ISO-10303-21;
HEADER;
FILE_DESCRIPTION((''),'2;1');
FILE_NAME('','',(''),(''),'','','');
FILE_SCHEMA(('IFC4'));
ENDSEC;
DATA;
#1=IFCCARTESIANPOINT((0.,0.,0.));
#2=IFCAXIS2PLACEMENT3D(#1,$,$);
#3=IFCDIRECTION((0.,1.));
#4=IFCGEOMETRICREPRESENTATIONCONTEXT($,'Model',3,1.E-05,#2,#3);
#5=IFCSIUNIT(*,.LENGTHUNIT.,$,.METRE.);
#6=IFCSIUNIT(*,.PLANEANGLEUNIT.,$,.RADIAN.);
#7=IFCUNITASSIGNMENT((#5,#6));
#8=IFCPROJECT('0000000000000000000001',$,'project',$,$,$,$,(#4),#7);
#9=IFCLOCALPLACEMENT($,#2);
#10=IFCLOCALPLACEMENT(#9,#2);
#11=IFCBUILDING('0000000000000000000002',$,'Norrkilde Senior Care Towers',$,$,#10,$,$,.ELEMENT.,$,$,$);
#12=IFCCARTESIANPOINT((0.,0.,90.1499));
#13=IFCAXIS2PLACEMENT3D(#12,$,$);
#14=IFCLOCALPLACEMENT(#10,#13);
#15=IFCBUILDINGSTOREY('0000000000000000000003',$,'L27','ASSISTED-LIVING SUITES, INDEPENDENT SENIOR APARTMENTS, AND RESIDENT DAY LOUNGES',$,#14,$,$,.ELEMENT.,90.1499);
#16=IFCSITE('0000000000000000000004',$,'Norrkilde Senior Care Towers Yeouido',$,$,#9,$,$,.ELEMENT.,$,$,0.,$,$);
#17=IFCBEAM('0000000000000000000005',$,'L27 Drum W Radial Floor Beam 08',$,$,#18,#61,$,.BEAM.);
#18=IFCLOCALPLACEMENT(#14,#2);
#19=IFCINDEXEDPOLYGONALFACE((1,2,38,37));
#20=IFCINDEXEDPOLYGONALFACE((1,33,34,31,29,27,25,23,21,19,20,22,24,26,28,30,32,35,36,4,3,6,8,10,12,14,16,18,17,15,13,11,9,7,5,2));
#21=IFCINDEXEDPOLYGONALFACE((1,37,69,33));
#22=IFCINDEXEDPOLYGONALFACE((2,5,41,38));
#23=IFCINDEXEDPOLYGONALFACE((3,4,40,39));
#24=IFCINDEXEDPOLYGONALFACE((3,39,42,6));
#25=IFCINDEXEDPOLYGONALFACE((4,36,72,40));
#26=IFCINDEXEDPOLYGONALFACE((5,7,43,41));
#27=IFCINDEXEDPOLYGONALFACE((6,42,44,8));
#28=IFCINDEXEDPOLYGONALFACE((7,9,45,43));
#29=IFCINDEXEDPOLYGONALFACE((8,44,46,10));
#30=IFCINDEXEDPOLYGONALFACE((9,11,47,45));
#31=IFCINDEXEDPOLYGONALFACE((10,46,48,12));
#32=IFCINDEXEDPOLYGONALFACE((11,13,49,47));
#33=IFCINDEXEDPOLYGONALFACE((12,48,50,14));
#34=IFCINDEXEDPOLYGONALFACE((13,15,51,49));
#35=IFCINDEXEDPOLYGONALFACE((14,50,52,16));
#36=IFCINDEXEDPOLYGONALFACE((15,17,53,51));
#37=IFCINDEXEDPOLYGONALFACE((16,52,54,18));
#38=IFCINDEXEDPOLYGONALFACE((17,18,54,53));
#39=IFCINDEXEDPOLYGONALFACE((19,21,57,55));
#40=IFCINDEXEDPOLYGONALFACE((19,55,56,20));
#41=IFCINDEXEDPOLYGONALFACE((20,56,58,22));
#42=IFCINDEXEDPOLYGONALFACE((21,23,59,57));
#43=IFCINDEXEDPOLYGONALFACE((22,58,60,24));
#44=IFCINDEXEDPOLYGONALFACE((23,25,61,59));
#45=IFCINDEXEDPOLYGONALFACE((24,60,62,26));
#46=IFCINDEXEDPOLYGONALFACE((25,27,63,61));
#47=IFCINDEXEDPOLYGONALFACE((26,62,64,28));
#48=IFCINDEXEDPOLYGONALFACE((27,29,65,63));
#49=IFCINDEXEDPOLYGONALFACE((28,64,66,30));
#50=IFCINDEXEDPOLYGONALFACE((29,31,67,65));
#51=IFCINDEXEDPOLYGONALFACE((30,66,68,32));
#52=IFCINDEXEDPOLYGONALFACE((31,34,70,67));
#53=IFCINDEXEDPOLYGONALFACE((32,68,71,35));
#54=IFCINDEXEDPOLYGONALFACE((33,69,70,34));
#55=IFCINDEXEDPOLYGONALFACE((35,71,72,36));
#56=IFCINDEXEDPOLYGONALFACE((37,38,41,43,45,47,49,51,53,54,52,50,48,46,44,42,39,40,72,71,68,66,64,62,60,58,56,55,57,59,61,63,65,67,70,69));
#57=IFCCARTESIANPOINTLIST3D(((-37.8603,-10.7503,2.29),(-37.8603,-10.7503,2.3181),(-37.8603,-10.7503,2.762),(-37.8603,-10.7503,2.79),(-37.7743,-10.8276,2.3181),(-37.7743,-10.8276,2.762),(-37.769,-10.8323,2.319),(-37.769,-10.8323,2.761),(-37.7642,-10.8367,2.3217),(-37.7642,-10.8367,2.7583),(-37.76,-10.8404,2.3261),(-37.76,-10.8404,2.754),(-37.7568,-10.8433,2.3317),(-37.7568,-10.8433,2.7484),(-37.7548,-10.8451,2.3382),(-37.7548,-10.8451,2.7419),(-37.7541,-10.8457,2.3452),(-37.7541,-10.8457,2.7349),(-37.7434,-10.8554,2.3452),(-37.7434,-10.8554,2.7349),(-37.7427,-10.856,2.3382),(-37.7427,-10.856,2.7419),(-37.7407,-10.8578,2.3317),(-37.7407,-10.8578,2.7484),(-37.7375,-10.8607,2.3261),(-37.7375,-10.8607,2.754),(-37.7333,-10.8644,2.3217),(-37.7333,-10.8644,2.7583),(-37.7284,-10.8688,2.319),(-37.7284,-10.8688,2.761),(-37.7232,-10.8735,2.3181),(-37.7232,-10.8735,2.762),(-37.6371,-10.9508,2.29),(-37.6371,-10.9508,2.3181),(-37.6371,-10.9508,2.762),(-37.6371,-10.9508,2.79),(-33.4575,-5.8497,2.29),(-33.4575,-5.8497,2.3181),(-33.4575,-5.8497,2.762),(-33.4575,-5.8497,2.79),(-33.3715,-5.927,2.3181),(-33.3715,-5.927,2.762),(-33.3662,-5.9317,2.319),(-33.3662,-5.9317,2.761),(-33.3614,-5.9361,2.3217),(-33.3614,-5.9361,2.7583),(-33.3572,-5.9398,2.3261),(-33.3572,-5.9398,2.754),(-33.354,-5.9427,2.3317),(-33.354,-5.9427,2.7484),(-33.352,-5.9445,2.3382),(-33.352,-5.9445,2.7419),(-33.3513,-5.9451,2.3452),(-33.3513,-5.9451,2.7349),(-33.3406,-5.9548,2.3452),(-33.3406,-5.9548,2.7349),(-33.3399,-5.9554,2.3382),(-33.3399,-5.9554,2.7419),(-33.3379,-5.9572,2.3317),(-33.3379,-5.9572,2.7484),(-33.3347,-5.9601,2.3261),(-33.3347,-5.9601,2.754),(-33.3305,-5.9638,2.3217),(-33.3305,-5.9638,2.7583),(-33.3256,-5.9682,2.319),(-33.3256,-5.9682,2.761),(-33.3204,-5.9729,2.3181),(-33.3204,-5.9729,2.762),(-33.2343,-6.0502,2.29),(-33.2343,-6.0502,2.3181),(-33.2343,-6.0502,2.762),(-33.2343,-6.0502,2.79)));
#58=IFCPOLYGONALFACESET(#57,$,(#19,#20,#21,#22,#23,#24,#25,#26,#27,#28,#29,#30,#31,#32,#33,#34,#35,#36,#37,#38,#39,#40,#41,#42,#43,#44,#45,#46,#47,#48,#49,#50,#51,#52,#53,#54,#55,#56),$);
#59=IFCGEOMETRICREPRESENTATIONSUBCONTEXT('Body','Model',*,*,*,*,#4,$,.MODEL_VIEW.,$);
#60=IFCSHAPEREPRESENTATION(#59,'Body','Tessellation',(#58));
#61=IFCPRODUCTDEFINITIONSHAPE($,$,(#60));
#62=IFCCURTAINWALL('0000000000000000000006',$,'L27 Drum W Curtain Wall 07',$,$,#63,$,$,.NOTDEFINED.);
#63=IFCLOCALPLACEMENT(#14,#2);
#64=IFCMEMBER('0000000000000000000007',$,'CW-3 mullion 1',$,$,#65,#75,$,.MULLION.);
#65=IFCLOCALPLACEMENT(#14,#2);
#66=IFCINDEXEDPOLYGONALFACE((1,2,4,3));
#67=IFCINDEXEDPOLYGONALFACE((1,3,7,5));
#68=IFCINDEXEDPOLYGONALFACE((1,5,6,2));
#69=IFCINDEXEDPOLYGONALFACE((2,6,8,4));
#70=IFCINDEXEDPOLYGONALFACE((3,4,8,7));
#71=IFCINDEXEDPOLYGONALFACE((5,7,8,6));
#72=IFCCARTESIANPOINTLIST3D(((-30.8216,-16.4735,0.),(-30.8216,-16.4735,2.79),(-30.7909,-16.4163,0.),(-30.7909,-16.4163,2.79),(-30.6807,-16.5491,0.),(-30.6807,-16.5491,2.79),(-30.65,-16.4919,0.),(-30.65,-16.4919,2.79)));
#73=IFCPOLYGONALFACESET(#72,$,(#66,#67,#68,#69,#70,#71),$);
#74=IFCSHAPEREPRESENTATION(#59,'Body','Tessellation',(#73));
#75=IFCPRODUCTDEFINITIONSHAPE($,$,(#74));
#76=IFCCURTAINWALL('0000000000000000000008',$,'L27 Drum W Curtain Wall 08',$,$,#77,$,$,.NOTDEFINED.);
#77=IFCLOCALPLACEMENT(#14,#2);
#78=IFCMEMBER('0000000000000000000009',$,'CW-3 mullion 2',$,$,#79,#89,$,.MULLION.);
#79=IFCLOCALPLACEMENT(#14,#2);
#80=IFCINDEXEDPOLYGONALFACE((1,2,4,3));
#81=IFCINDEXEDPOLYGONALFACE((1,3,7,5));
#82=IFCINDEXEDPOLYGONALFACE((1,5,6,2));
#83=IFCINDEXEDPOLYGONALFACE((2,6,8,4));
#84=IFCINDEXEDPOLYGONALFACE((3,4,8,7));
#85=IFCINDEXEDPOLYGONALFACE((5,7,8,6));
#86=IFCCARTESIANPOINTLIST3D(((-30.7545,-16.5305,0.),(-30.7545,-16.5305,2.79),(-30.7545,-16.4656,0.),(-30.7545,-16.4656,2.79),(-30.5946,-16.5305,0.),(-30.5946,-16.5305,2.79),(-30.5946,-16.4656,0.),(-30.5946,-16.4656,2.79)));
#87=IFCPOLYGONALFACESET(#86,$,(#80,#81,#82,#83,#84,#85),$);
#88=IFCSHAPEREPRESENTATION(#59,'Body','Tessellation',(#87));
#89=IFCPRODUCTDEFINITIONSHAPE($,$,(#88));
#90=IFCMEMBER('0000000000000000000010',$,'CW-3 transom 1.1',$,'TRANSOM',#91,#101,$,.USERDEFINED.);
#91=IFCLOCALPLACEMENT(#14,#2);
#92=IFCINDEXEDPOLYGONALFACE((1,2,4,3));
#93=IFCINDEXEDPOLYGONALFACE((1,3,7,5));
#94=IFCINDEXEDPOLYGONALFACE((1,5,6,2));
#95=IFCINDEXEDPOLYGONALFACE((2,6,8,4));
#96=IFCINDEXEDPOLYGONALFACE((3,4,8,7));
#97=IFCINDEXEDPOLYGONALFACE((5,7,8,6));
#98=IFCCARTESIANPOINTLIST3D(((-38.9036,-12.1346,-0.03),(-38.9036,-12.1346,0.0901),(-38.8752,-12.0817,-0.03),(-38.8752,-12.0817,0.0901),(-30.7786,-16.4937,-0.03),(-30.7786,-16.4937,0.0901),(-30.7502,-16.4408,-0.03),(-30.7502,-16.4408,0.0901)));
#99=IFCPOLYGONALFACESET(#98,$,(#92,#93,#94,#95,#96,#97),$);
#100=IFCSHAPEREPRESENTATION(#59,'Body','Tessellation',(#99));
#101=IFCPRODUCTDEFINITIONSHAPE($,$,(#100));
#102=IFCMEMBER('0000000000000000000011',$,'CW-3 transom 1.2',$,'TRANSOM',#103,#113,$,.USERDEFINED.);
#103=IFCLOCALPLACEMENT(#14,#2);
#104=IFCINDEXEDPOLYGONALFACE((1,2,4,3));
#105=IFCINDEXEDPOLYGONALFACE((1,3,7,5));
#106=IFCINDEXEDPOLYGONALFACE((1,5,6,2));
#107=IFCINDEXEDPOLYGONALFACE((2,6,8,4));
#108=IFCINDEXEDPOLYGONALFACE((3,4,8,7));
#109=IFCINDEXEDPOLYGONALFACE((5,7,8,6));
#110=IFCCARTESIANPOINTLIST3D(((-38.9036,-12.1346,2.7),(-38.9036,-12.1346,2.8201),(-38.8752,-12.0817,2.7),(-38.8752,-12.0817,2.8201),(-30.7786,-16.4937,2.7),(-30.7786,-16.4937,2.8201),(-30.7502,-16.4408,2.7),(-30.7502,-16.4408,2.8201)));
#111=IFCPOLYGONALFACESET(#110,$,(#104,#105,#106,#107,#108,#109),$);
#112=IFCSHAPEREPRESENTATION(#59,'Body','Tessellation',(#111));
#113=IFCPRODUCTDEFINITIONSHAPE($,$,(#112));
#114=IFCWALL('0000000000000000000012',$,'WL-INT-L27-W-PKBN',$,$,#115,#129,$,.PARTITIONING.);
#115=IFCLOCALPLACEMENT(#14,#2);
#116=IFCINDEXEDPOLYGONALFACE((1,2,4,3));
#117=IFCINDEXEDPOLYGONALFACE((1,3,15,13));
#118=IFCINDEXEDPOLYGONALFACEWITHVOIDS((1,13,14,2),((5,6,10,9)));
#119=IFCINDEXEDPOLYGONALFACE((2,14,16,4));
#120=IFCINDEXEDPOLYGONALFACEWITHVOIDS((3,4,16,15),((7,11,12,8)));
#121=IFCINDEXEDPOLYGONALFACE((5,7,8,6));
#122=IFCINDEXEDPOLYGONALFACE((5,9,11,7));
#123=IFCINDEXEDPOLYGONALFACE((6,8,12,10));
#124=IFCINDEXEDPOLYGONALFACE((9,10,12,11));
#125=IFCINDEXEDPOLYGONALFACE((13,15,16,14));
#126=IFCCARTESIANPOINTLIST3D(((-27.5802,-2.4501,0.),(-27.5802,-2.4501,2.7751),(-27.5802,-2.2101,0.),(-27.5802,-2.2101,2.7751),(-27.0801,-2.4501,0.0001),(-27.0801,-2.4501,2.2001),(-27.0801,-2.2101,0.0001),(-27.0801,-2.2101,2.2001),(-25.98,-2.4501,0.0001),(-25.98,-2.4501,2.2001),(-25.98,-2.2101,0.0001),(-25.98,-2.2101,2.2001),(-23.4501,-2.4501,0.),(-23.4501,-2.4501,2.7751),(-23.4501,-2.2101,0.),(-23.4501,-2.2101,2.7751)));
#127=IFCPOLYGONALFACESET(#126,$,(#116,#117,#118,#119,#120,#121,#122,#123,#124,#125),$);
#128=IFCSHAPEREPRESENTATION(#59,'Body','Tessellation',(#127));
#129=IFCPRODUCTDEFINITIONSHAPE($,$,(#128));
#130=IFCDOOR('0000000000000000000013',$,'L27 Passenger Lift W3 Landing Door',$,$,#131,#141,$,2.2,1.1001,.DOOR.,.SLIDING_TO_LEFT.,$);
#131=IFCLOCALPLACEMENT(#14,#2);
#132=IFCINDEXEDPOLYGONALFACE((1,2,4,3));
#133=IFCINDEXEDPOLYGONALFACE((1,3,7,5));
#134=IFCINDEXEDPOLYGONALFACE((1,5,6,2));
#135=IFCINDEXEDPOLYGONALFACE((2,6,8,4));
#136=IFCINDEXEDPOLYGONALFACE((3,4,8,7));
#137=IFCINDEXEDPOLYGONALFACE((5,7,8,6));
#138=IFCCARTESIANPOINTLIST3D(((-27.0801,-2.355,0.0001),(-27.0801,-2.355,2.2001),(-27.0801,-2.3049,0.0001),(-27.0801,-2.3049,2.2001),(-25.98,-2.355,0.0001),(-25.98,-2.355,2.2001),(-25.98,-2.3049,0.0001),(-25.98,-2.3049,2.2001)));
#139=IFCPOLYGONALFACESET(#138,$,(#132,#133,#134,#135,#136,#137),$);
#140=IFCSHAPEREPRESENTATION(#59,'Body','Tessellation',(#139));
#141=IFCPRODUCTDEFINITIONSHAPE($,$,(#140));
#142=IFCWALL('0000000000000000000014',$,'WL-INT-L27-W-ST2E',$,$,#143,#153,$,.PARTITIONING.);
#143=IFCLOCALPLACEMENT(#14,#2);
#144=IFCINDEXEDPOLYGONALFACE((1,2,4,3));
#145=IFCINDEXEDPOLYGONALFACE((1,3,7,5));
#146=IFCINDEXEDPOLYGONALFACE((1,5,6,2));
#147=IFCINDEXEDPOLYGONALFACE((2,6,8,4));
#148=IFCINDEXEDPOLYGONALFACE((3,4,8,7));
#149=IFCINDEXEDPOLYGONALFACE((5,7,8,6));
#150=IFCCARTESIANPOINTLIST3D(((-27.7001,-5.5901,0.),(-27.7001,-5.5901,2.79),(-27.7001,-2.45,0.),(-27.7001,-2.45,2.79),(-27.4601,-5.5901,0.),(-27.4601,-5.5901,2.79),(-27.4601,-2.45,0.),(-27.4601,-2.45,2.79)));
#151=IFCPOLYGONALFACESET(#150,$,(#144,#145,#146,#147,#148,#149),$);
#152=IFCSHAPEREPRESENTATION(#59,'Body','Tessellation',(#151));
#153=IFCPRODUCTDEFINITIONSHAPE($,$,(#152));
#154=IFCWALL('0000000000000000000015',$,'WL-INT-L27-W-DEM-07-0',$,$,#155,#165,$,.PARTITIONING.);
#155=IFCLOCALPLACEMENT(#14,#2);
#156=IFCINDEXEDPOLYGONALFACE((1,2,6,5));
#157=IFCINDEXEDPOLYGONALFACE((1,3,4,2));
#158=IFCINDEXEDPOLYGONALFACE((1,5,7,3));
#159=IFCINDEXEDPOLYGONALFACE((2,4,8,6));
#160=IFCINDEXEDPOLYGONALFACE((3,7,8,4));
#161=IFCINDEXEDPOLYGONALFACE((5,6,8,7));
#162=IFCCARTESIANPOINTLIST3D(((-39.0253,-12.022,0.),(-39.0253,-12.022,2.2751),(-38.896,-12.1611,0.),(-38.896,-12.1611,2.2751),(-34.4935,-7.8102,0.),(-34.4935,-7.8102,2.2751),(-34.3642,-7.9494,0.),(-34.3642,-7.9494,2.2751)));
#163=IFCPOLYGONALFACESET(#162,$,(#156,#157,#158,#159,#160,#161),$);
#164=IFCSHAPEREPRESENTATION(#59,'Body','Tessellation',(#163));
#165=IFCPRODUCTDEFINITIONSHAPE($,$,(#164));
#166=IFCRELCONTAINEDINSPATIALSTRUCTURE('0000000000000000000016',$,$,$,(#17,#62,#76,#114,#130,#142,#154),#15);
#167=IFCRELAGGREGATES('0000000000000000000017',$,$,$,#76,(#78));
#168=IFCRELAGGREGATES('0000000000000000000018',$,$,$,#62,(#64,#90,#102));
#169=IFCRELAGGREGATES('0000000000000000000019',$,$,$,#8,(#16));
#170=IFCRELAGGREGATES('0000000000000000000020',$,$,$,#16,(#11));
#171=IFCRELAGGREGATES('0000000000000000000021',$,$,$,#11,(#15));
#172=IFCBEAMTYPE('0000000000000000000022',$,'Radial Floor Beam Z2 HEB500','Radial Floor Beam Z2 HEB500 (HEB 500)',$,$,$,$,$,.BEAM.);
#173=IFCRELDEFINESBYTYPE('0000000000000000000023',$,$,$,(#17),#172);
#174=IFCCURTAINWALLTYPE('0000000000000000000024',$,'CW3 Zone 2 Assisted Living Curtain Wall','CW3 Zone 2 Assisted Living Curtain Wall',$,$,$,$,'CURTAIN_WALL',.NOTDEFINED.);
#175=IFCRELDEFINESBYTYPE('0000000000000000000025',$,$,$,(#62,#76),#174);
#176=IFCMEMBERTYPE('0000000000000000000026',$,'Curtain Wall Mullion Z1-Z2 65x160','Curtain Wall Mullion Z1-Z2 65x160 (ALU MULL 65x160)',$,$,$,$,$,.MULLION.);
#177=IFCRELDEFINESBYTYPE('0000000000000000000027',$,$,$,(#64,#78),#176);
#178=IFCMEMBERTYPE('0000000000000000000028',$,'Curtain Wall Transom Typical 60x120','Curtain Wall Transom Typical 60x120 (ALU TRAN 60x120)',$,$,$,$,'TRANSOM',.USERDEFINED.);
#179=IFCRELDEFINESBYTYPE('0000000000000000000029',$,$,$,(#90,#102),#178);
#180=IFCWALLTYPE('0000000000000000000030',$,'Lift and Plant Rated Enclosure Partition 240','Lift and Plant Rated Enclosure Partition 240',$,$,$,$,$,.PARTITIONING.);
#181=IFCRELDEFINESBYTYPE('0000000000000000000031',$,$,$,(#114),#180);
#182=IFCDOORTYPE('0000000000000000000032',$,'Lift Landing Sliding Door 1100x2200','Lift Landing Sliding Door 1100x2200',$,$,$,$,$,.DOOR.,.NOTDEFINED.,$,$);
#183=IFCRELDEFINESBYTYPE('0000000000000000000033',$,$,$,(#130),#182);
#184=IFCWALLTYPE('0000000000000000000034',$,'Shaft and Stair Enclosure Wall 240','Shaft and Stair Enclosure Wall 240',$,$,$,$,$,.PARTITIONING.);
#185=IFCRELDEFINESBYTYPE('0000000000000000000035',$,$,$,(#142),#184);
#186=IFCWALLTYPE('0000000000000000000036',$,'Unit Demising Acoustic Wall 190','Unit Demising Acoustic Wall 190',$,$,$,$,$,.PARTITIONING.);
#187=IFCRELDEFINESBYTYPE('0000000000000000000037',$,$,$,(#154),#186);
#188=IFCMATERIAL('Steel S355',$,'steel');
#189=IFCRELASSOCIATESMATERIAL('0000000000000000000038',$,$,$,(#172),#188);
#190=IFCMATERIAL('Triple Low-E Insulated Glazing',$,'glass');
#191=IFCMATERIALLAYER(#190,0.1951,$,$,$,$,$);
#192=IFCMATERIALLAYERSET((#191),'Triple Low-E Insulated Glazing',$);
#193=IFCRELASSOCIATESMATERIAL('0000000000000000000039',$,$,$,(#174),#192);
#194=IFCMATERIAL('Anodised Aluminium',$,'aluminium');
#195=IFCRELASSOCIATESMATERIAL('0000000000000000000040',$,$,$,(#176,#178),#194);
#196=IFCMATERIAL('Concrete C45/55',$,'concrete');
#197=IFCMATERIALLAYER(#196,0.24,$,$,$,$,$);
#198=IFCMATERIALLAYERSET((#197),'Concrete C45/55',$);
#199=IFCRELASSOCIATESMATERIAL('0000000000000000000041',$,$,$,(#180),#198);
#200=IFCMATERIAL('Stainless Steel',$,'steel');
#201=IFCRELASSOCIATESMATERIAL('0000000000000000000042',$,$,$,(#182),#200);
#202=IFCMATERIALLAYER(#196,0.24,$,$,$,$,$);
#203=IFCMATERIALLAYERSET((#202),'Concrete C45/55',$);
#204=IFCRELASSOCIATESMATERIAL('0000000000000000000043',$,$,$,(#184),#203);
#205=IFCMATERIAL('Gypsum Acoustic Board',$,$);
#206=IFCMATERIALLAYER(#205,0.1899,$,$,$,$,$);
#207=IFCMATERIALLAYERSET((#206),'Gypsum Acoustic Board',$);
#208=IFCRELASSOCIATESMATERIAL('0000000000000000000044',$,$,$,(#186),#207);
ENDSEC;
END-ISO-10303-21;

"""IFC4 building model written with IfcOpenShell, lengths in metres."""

from ifc_helpers import new_model, si_unit, direction, frame, frame_2d, origin, origin_2d, place, context, subcontext, project, spatial, rectangle, i_section, extrude, source, transform, mapped, material, layer, layer_set, material_profile, profile_set, type_object, type_shapes, element, fill, aggregate, save


model = new_model("IFC4")

# Units and contexts
model_context = context("Model", 3, precision=1e-05, world=origin(), true_north=direction((0.0, 1.0)))
body_context = subcontext(model_context, "Body", "Model", "MODEL_VIEW")
ifc_project = project(units=[si_unit("LENGTHUNIT", "METRE"), si_unit("PLANEANGLEUNIT", "RADIAN")], contexts=[model_context])

# Site, building, storey
site_placement = place(None, origin())
site = spatial("IfcSite", under=ifc_project, at=site_placement, Name="Norrkilde Senior Care Towers Yeouido", CompositionType="ELEMENT", RefElevation=0.0)
building_placement = place(site_placement, origin())
building = spatial("IfcBuilding", under=site, at=building_placement, Name="Norrkilde Senior Care Towers", CompositionType="ELEMENT")
storey_placement = place(building_placement, frame((0.0, 0.0, 90.1499)))
storey = spatial("IfcBuildingStorey", under=building, at=storey_placement, Name="L27", Description="ASSISTED-LIVING SUITES, INDEPENDENT SENIOR APARTMENTS, AND RESIDENT DAY LOUNGES", CompositionType="ELEMENT", Elevation=90.1499)

# Beam
ifc_material_1 = material(Name="Steel S355", Category="steel")
ifc_material_profile_1 = material_profile(ifc_material_1, i_section(OverallWidth=0.3, OverallDepth=0.5, WebThickness=0.0144, FlangeThickness=0.0281, FilletRadius=0.0271, at=origin_2d()), Name="HEB 500")
ifc_profile_set_1 = profile_set([ifc_material_profile_1], Name="Steel S355")
beam_type_1 = type_object("IfcBeamType", Name="Radial Floor Beam Z2 HEB500", Description="Radial Floor Beam Z2 HEB500 (HEB 500)", PredefinedType="BEAM", material=ifc_profile_set_1)
shared_shape_1 = source(origin(), body_context, "Body", "SweptSolid", [
    extrude(i_section(OverallWidth=0.3, OverallDepth=0.5, WebThickness=0.0144, FlangeThickness=0.0281, FilletRadius=0.0271, at=origin_2d()), origin(), (0.0, 0.0, 1.0), 6.5879),
])
beam_1_placement = place(storey_placement, frame((-33.3459, -5.95, 2.54), z_axis=(-0.668315, -0.743878, 0.0), x_axis=(0.743878, -0.668315, 0.0)))
element("IfcBeam", 1, at=beam_1_placement, inside=storey, type_object=beam_type_1, Name="L27 Drum W Radial Floor Beam 08", PredefinedType="BEAM", context=body_context, shape_type="MappedRepresentation", body=[
    mapped(shared_shape_1, transform((0.0, 0.0, 0.0), x_axis=(1.0, 0.0, 0.0), y_axis=(0.0, 1.0, 0.0), z_axis=(0.0, 0.0, 1.0), scale=1.0)),
])

# Curtain walls, members
ifc_material_2 = material(Name="Triple Low-E Insulated Glazing", Category="glass")
ifc_layer_1 = layer(ifc_material_2, 0.1951)
ifc_layer_set_1 = layer_set([ifc_layer_1], Name="Triple Low-E Insulated Glazing")
curtain_wall_type = type_object("IfcCurtainWallType", Name="CW3 Zone 2 Assisted Living Curtain Wall", Description="CW3 Zone 2 Assisted Living Curtain Wall", ElementType="CURTAIN_WALL", PredefinedType="NOTDEFINED", material=ifc_layer_set_1)
curtain_wall_1_placement = place(storey_placement, origin())
curtain_wall_1 = element("IfcCurtainWall", 2, at=curtain_wall_1_placement, inside=storey, type_object=curtain_wall_type, Name="L27 Drum W Curtain Wall 07", PredefinedType="NOTDEFINED")
ifc_material_3 = material(Name="Anodised Aluminium", Category="aluminium")
ifc_material_profile_2 = material_profile(ifc_material_3, rectangle(XDim=0.0649, YDim=0.1599, at=origin_2d()), Name="ALU MULL 65x160")
ifc_profile_set_2 = profile_set([ifc_material_profile_2], Name="Anodised Aluminium")
member_type_1 = type_object("IfcMemberType", Name="Curtain Wall Mullion Z1-Z2 65x160", Description="Curtain Wall Mullion Z1-Z2 65x160 (ALU MULL 65x160)", PredefinedType="MULLION", material=ifc_profile_set_2)
shared_shape_2 = source(origin(), body_context, "Body", "SweptSolid", [
    extrude(rectangle(XDim=0.0649, YDim=0.1599, at=origin_2d()), origin(), (0.0, 0.0, 1.0), 2.79),
])
type_shapes(member_type_1, [shared_shape_2])
member_1_placement = place(storey_placement, frame((-30.7358, -16.4827, 0.0), z_axis=(0.0, 0.0, 1.0), x_axis=(-0.472769, -0.881186, 0.0)))
member_1 = element("IfcMember", 3, at=member_1_placement, type_object=member_type_1, Name="CW-3 mullion 1", PredefinedType="MULLION", context=body_context, shape_type="MappedRepresentation", body=[
    mapped(shared_shape_2, transform((0.0, 0.0, 0.0), x_axis=(1.0, 0.0, 0.0), y_axis=(0.0, 1.0, 0.0), z_axis=(0.0, 0.0, 1.0), scale=1.0)),
])
curtain_wall_2_placement = place(storey_placement, origin())
curtain_wall_2 = element("IfcCurtainWall", 4, at=curtain_wall_2_placement, inside=storey, type_object=curtain_wall_type, Name="L27 Drum W Curtain Wall 08", PredefinedType="NOTDEFINED")
member_2_placement = place(storey_placement, frame((-30.6746, -16.498, 0.0), z_axis=(0.0, 0.0, 1.0), x_axis=(0.0, -1.0, 0.0)))
member_2 = element("IfcMember", 5, at=member_2_placement, type_object=member_type_1, Name="CW-3 mullion 2", PredefinedType="MULLION", context=body_context, shape_type="MappedRepresentation", body=[
    mapped(shared_shape_2, transform((0.0, 0.0, 0.0), x_axis=(1.0, 0.0, 0.0), y_axis=(0.0, 1.0, 0.0), z_axis=(0.0, 0.0, 1.0), scale=1.0)),
])
aggregate(curtain_wall_2, [member_2])

# Members
ifc_material_profile_3 = material_profile(ifc_material_3, rectangle(XDim=0.0601, YDim=0.1201, at=origin_2d()), Name="ALU TRAN 60x120")
ifc_profile_set_3 = profile_set([ifc_material_profile_3], Name="Anodised Aluminium")
member_type_2 = type_object("IfcMemberType", Name="Curtain Wall Transom Typical 60x120", Description="Curtain Wall Transom Typical 60x120 (ALU TRAN 60x120)", ElementType="TRANSOM", PredefinedType="USERDEFINED", material=ifc_profile_set_3)
shared_shape_3 = source(origin(), body_context, "Body", "SweptSolid", [
    extrude(rectangle(XDim=0.0601, YDim=0.1201, at=origin_2d()), origin(), (0.0, 0.0, 1.0), 9.2205),
])
type_shapes(member_type_2, [shared_shape_3])
member_3_placement = place(storey_placement, frame((-30.7644, -16.4673, 0.03), z_axis=(-0.881189, 0.472765, 0.0), x_axis=(-0.472765, -0.881189, 0.0)))
member_3 = element("IfcMember", 6, at=member_3_placement, type_object=member_type_2, Name="CW-3 transom 1.1", ObjectType="TRANSOM", PredefinedType="USERDEFINED", context=body_context, shape_type="MappedRepresentation", body=[
    mapped(shared_shape_3, transform((0.0, 0.0, 0.0), x_axis=(1.0, 0.0, 0.0), y_axis=(0.0, 1.0, 0.0), z_axis=(0.0, 0.0, 1.0), scale=1.0)),
])
member_4_placement = place(storey_placement, frame((-30.7644, -16.4673, 2.76), z_axis=(-0.881189, 0.472765, 0.0), x_axis=(-0.472765, -0.881189, 0.0)))
member_4 = element("IfcMember", 7, at=member_4_placement, type_object=member_type_2, Name="CW-3 transom 1.2", ObjectType="TRANSOM", PredefinedType="USERDEFINED", context=body_context, shape_type="MappedRepresentation", body=[
    mapped(shared_shape_3, transform((0.0, 0.0, 0.0), x_axis=(1.0, 0.0, 0.0), y_axis=(0.0, 1.0, 0.0), z_axis=(0.0, 0.0, 1.0), scale=1.0)),
])
aggregate(curtain_wall_1, [member_1, member_3, member_4])

# Wall, opening, door
ifc_material_4 = material(Name="Concrete C45/55", Category="concrete")
ifc_layer_2 = layer(ifc_material_4, 0.24)
ifc_layer_set_2 = layer_set([ifc_layer_2], Name="Concrete C45/55")
wall_type_1 = type_object("IfcWallType", Name="Lift and Plant Rated Enclosure Partition 240", Description="Lift and Plant Rated Enclosure Partition 240", PredefinedType="PARTITIONING", material=ifc_layer_set_2)
shared_shape_4 = source(origin(), body_context, "Body", "SweptSolid", [
    extrude(rectangle(XDim=4.1301, YDim=0.24, at=frame_2d((2.0649, 0.0))), origin(), (0.0, 0.0, 1.0), 2.7751),
])
type_shapes(wall_type_1, [shared_shape_4])
wall_1_placement = place(storey_placement, frame((-27.5801, -2.3301, 0.0), z_axis=(0.0, 0.0, 1.0), x_axis=(1.0, 0.0, 0.0)))
wall_1 = element("IfcWall", 8, at=wall_1_placement, inside=storey, type_object=wall_type_1, Name="WL-INT-L27-W-PKBN", PredefinedType="PARTITIONING", context=body_context, shape_type="MappedRepresentation", body=[
    mapped(shared_shape_4, transform((0.0, 0.0, 0.0), x_axis=(1.0, 0.0, 0.0), y_axis=(0.0, 1.0, 0.0), z_axis=(0.0, 0.0, 1.0), scale=1.0)),
])
opening_1_placement = place(wall_1_placement, frame((0.5, 0.0, 0.0)))
opening_1 = element("IfcOpeningElement", 9, at=opening_1_placement, cuts=wall_1, PredefinedType="OPENING", context=body_context, shape_type="SweptSolid", body=[
    extrude(rectangle(XDim=1.1001, YDim=2.2, at=frame_2d((0.55, 1.1001))), frame((0.0, 0.1299, 0.0), z_axis=(0.0, -1.0, 0.0), x_axis=(1.0, 0.0, 0.0)), (0.0, 0.0, 1.0), 0.26),
])
ifc_material_5 = material(Name="Stainless Steel", Category="steel")
door_type_1 = type_object("IfcDoorType", Name="Lift Landing Sliding Door 1100x2200", Description="Lift Landing Sliding Door 1100x2200", OperationType="NOTDEFINED", PredefinedType="DOOR", material=ifc_material_5)
shared_shape_5 = source(origin(), body_context, "Body", "SweptSolid", [
    extrude(rectangle(XDim=1.1001, YDim=2.2, at=frame_2d((0.55, 1.1001))), frame((0.0, 0.0249, 0.0), z_axis=(0.0, -1.0, 0.0), x_axis=(1.0, 0.0, 0.0)), (0.0, 0.0, 1.0), 0.05),
])
type_shapes(door_type_1, [shared_shape_5])
door_1_placement = place(opening_1_placement, frame((1.1001, 0.0, 0.0), z_axis=(0.0, 0.0, 1.0), x_axis=(-1.0, 0.0, 0.0)))
door_1 = element("IfcDoor", 10, at=door_1_placement, inside=storey, type_object=door_type_1, Name="L27 Passenger Lift W3 Landing Door", OperationType="SLIDING_TO_LEFT", OverallHeight=2.2, OverallWidth=1.1001, PredefinedType="DOOR", context=body_context, shape_type="MappedRepresentation", body=[
    mapped(shared_shape_5, transform((0.0, 0.0, 0.0), x_axis=(1.0, 0.0, 0.0), y_axis=(0.0, 1.0, 0.0), z_axis=(0.0, 0.0, 1.0), scale=1.0)),
])
fill(opening_1, door_1)

# Walls
ifc_layer_3 = layer(ifc_material_4, 0.24)
ifc_layer_set_3 = layer_set([ifc_layer_3], Name="Concrete C45/55")
wall_type_2 = type_object("IfcWallType", Name="Shaft and Stair Enclosure Wall 240", Description="Shaft and Stair Enclosure Wall 240", PredefinedType="PARTITIONING", material=ifc_layer_set_3)
shared_shape_6 = source(origin(), body_context, "Body", "SweptSolid", [
    extrude(rectangle(XDim=3.1401, YDim=0.24, at=frame_2d((1.5701, 0.0))), origin(), (0.0, 0.0, 1.0), 2.79),
])
type_shapes(wall_type_2, [shared_shape_6])
wall_2_placement = place(storey_placement, frame((-27.5801, -5.5901, 0.0), z_axis=(0.0, 0.0, 1.0), x_axis=(0.0, 1.0, 0.0)))
element("IfcWall", 11, at=wall_2_placement, inside=storey, type_object=wall_type_2, Name="WL-INT-L27-W-ST2E", PredefinedType="PARTITIONING", context=body_context, shape_type="MappedRepresentation", body=[
    mapped(shared_shape_6, transform((0.0, 0.0, 0.0), x_axis=(1.0, 0.0, 0.0), y_axis=(0.0, 1.0, 0.0), z_axis=(0.0, 0.0, 1.0), scale=1.0)),
])
ifc_material_6 = material(Name="Gypsum Acoustic Board")
ifc_layer_4 = layer(ifc_material_6, 0.1899)
ifc_layer_set_4 = layer_set([ifc_layer_4], Name="Gypsum Acoustic Board")
wall_type_3 = type_object("IfcWallType", Name="Unit Demising Acoustic Wall 190", Description="Unit Demising Acoustic Wall 190", PredefinedType="PARTITIONING", material=ifc_layer_set_4)
shared_shape_7 = source(origin(), body_context, "Body", "SweptSolid", [
    extrude(rectangle(XDim=6.1868, YDim=0.1899, at=frame_2d((3.0933, 0.0))), origin(), (0.0, 0.0, 1.0), 2.2751),
])
type_shapes(wall_type_3, [shared_shape_7])
wall_3_placement = place(storey_placement, frame((-34.429, -7.8799, 0.0), z_axis=(0.0, 0.0, 1.0), x_axis=(-0.732501, -0.680766, 0.0)))
element("IfcWall", 12, at=wall_3_placement, inside=storey, type_object=wall_type_3, Name="WL-INT-L27-W-DEM-07-0", PredefinedType="PARTITIONING", context=body_context, shape_type="MappedRepresentation", body=[
    mapped(shared_shape_7, transform((0.0, 0.0, 0.0), x_axis=(1.0, 0.0, 0.0), y_axis=(0.0, 1.0, 0.0), z_axis=(0.0, 0.0, 1.0), scale=1.0)),
])

save(model, "model.ifc")
